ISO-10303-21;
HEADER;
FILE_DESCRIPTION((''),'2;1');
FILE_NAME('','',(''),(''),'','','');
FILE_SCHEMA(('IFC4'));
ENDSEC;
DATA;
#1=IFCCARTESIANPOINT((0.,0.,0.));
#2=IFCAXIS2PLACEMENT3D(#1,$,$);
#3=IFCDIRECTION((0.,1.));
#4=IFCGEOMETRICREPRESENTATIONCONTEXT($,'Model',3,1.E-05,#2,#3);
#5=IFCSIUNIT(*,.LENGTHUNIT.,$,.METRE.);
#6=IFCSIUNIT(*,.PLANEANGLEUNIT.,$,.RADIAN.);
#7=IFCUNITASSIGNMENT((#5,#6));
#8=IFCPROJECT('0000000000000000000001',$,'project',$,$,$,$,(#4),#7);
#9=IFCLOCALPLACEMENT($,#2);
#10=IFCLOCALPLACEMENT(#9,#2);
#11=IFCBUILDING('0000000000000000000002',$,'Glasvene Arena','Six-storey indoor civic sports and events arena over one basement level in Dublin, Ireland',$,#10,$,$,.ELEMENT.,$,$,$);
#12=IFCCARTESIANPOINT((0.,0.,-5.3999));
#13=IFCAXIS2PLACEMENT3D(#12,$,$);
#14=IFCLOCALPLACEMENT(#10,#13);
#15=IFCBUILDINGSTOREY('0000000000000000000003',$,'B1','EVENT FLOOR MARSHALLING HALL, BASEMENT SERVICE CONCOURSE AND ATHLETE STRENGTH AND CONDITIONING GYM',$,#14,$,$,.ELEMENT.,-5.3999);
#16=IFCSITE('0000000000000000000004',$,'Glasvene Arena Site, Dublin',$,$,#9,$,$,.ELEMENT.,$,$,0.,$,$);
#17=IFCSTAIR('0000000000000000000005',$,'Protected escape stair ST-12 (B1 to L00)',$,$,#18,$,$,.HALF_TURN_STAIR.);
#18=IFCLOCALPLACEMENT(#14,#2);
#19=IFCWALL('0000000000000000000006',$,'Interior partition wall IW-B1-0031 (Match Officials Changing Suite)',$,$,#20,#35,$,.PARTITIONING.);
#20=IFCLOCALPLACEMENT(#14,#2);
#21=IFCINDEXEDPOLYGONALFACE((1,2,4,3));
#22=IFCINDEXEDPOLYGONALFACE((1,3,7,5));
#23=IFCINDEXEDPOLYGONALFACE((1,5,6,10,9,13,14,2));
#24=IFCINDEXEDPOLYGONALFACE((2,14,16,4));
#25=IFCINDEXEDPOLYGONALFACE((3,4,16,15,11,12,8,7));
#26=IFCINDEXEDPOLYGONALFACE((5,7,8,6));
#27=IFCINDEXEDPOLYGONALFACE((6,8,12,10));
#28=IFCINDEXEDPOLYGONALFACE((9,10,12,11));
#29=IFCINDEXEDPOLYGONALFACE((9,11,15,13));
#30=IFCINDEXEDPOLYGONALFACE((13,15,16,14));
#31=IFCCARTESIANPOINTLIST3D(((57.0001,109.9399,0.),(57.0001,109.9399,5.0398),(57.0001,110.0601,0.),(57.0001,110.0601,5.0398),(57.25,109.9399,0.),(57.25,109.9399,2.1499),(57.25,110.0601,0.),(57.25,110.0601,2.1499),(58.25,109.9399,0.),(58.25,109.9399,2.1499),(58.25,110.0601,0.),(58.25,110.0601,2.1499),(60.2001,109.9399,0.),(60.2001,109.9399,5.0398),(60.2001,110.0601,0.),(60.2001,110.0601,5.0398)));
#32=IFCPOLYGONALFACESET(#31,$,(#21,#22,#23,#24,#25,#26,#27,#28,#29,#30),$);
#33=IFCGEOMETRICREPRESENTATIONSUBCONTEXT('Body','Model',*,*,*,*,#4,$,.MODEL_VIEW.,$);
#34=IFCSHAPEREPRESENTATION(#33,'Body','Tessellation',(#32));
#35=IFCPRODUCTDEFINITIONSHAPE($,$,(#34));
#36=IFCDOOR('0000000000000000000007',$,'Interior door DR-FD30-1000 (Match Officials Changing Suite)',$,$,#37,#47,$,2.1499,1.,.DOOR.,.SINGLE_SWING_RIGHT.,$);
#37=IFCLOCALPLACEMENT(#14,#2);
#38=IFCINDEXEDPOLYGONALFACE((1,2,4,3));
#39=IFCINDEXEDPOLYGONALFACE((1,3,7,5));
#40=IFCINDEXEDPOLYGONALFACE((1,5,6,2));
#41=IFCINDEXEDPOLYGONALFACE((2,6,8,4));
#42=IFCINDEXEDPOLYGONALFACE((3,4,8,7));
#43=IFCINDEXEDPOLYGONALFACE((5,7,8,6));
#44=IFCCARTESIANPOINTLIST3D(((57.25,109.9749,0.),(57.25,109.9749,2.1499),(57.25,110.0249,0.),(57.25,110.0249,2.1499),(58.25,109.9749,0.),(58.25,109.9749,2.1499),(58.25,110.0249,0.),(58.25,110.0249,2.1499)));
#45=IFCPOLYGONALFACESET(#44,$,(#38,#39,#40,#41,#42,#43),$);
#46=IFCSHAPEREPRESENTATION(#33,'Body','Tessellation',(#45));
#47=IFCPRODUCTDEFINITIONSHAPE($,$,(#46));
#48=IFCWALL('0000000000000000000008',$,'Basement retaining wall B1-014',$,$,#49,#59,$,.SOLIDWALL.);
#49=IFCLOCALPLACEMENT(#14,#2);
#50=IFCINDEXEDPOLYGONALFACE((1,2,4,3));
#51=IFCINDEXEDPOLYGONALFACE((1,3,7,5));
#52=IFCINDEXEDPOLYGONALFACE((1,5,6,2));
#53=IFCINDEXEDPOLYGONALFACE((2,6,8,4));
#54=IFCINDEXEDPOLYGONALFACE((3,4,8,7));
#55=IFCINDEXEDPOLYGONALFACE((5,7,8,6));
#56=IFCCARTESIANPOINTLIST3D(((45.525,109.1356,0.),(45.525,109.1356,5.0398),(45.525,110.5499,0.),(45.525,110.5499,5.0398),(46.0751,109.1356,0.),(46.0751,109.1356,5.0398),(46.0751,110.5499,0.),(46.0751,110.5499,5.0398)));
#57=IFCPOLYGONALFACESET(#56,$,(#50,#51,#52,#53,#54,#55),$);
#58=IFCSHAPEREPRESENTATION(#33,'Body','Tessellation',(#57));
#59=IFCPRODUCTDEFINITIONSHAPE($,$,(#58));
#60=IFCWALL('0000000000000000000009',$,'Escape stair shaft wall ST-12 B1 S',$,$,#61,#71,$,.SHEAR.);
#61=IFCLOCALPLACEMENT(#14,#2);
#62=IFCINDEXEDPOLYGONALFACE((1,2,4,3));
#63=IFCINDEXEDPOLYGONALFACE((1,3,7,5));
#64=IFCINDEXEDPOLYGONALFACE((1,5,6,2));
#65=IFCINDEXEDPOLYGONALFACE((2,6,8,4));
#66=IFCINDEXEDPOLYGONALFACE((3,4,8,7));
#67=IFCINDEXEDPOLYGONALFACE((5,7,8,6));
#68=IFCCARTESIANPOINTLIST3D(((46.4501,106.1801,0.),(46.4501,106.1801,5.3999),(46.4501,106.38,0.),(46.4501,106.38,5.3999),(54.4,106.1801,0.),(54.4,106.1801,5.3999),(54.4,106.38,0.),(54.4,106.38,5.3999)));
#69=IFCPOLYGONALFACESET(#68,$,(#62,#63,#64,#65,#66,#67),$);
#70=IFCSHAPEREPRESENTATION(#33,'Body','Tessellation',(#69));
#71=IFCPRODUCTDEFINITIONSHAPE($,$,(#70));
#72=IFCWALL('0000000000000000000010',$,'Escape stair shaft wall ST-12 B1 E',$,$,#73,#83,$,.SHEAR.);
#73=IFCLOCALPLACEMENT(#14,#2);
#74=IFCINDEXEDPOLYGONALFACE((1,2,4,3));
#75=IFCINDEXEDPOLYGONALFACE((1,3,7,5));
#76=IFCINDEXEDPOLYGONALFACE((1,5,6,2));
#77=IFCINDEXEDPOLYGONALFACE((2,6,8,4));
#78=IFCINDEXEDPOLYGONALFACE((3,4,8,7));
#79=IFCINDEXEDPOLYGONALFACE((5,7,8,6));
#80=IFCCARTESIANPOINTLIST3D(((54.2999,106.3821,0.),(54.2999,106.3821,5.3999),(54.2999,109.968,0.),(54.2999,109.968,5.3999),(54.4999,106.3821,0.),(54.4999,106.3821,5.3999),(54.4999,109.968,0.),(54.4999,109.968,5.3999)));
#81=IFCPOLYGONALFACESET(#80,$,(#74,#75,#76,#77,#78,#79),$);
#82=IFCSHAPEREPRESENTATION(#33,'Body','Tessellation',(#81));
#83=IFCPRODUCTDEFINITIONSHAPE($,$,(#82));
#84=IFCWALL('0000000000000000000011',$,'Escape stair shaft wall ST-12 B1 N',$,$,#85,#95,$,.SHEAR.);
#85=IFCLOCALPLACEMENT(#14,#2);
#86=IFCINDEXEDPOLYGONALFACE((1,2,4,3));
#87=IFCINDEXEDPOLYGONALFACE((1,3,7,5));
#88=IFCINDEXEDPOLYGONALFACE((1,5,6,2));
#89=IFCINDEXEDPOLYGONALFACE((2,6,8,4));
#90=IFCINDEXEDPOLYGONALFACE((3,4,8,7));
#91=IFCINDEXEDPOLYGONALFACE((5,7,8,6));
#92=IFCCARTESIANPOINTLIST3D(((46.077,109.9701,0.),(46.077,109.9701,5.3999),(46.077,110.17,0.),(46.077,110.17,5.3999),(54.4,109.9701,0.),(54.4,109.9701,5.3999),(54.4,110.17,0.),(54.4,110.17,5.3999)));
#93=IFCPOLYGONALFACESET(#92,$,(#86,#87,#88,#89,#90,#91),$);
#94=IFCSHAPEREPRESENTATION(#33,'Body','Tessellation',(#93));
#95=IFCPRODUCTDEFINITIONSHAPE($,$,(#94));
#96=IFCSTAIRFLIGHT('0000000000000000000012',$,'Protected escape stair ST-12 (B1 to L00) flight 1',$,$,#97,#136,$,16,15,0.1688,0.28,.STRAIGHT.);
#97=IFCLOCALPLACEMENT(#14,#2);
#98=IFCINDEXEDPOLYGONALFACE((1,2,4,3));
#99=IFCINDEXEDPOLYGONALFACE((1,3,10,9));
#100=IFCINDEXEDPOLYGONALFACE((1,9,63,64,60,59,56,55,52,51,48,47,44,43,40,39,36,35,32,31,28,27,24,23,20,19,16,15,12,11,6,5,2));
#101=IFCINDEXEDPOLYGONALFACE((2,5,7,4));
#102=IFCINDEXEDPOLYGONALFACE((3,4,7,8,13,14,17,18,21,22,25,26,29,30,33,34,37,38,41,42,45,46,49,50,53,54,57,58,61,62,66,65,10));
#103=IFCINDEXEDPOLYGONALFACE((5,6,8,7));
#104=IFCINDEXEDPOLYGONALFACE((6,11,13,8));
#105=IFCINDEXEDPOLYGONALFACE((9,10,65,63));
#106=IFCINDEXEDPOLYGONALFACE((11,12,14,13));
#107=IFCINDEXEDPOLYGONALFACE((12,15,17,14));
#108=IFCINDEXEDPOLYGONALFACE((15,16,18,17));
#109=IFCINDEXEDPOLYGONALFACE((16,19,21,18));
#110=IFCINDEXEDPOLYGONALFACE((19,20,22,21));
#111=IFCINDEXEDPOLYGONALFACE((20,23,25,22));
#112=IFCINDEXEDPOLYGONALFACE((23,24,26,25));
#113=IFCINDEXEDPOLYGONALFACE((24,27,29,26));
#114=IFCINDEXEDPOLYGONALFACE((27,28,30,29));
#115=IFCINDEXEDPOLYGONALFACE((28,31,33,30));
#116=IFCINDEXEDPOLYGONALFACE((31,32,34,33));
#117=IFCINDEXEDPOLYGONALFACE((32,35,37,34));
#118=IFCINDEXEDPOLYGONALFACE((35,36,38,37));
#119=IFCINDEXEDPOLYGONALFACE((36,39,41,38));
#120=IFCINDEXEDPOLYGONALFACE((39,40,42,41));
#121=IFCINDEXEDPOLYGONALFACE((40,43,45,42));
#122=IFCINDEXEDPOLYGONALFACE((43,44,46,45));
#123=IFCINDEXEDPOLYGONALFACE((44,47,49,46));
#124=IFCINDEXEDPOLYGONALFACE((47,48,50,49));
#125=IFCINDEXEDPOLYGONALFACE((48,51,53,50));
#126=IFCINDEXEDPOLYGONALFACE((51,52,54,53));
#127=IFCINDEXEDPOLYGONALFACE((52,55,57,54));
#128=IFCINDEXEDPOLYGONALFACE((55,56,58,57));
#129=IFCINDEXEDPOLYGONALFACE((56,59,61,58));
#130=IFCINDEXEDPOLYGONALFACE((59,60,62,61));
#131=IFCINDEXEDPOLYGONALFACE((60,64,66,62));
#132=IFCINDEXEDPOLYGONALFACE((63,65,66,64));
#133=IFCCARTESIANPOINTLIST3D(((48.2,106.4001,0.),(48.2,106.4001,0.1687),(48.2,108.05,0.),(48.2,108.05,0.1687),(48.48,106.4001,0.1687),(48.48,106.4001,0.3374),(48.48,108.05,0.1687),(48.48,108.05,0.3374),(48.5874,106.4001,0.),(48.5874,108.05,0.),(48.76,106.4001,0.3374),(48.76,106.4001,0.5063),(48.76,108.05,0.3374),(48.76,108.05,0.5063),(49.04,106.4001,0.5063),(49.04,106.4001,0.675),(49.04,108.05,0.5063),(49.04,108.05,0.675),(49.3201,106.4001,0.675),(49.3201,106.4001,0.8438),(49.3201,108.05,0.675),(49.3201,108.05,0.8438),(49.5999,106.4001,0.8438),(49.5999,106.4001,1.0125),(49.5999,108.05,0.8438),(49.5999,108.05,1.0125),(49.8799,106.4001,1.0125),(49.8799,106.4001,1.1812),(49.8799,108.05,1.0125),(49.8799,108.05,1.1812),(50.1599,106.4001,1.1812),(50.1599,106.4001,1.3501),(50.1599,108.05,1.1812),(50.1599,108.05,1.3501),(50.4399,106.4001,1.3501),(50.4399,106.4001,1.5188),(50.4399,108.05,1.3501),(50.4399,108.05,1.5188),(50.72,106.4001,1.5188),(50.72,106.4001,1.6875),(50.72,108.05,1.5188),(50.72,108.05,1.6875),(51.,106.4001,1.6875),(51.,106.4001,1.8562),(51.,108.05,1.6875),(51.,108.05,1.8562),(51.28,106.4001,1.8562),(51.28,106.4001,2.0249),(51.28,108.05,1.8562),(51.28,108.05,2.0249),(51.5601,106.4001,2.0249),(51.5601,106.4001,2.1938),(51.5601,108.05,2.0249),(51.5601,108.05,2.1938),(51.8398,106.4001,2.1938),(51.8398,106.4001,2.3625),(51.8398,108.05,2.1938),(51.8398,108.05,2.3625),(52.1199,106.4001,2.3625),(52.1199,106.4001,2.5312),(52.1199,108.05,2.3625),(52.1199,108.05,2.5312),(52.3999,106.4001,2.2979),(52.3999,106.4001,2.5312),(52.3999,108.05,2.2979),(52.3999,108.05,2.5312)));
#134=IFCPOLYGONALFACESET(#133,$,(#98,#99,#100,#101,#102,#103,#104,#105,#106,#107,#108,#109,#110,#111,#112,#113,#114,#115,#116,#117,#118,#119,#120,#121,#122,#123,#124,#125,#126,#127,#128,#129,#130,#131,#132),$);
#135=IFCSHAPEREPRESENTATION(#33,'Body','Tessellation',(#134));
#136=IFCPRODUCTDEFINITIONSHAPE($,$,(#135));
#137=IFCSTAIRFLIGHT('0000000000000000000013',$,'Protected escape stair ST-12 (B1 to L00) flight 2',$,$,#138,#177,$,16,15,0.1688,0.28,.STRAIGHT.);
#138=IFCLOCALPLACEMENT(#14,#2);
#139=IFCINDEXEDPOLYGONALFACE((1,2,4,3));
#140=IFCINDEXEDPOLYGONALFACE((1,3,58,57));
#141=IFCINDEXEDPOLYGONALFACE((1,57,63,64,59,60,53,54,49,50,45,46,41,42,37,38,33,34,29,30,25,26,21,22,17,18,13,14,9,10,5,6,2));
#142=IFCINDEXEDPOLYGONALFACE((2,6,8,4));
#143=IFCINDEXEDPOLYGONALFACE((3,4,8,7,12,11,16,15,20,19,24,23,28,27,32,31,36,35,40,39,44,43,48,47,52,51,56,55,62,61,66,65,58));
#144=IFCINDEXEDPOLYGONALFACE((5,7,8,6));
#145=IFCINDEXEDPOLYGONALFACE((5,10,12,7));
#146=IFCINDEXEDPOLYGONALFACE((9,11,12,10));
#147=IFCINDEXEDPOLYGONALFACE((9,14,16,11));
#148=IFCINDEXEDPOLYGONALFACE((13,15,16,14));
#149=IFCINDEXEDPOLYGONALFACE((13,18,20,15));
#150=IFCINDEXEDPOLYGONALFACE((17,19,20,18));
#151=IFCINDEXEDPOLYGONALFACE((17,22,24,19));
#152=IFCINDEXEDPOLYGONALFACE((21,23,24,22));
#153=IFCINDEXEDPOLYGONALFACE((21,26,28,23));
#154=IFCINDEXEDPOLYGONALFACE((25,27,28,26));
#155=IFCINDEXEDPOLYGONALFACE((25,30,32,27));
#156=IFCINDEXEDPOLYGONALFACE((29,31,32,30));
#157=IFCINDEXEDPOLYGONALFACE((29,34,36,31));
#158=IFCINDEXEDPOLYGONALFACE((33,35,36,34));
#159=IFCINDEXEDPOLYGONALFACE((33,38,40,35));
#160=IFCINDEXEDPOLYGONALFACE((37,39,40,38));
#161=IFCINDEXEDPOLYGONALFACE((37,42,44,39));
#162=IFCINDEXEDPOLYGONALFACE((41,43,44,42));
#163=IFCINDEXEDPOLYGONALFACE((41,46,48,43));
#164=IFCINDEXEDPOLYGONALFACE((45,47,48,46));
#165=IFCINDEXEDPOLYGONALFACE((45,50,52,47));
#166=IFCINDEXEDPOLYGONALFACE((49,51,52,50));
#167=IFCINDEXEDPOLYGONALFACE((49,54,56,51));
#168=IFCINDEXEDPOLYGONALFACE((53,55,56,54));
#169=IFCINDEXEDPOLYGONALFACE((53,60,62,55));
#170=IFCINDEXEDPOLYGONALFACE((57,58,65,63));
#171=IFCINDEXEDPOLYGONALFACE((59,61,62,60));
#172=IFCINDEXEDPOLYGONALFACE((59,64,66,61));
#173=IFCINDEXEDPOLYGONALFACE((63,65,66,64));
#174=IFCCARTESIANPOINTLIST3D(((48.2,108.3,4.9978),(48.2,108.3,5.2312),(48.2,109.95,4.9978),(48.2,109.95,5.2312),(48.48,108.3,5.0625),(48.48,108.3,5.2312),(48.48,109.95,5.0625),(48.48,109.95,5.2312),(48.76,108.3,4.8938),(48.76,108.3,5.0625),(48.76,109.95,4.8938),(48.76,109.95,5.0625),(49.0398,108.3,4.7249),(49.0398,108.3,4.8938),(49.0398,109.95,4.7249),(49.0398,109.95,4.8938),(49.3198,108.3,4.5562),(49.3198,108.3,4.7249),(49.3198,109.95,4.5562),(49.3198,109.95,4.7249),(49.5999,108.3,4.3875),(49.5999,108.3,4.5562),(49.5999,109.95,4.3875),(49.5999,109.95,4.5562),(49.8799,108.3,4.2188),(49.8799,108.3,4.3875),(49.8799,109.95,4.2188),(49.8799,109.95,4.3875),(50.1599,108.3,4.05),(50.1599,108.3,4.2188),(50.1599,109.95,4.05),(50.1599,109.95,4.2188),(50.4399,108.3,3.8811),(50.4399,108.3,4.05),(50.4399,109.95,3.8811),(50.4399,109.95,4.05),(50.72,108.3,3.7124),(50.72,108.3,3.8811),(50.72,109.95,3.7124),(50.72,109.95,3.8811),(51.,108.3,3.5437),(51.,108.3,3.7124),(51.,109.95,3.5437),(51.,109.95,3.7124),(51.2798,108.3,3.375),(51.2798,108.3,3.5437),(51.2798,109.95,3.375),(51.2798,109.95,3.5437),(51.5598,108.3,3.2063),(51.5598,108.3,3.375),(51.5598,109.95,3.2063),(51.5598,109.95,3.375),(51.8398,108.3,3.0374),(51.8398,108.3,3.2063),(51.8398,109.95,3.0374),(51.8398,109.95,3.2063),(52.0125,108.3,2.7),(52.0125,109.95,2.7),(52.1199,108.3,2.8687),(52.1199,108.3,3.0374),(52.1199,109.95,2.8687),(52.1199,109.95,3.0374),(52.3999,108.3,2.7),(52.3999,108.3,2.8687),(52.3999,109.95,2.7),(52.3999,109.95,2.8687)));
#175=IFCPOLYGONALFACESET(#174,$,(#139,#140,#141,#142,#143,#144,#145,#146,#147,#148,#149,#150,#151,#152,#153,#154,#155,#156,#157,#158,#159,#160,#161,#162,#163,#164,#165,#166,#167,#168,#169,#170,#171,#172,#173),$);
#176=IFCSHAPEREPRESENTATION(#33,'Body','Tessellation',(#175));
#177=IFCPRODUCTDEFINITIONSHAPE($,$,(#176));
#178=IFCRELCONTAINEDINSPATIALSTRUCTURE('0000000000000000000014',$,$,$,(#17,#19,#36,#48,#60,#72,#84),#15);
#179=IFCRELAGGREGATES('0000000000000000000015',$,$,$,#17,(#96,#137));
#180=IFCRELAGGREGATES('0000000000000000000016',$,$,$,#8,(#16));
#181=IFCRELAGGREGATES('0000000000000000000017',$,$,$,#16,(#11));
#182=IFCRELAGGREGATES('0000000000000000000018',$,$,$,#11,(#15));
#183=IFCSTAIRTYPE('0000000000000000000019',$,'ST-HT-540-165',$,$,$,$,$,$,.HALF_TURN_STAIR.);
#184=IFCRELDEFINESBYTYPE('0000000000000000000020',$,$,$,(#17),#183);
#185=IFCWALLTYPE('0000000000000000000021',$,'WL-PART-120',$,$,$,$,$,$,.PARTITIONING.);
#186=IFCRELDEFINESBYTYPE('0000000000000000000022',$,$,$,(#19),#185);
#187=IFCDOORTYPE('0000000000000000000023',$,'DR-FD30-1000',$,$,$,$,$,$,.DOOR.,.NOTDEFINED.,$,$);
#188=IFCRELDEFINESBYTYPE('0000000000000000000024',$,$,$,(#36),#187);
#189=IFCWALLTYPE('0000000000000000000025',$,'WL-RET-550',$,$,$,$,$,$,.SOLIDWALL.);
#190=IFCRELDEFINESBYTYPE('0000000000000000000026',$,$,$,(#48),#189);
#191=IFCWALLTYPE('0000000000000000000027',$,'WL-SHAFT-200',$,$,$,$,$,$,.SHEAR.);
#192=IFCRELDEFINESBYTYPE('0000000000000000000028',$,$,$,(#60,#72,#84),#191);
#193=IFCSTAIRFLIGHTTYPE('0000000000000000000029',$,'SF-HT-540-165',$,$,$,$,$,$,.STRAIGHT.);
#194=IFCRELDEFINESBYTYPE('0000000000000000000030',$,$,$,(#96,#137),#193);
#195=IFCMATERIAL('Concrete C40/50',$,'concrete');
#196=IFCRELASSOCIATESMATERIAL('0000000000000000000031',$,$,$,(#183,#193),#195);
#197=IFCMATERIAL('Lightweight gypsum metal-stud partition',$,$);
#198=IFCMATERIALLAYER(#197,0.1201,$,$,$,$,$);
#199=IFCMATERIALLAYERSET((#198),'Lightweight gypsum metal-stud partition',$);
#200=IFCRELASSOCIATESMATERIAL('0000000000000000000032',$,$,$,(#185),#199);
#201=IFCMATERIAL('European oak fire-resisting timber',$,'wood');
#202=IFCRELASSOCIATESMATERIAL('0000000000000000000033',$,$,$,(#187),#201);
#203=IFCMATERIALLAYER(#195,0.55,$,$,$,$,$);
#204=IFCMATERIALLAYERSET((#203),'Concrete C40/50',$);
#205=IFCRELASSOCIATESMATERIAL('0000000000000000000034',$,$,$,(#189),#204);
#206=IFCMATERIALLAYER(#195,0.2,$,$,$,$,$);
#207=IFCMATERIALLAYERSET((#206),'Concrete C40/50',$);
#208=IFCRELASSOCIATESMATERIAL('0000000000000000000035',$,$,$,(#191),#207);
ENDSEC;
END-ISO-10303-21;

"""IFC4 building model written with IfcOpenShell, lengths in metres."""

from ifc_helpers import new_model, si_unit, direction, frame, frame_2d, origin, place, context, subcontext, project, spatial, polyline, rectangle, outline, extrude, material, layer, layer_set, type_object, element, fill, aggregate, save


model = new_model("IFC4")

# Units and contexts
model_context = context("Model", 3, precision=1e-05, world=origin(), true_north=direction((0.0, 1.0)))
body_context = subcontext(model_context, "Body", "Model", "MODEL_VIEW")
ifc_project = project(units=[si_unit("LENGTHUNIT", "METRE"), si_unit("PLANEANGLEUNIT", "RADIAN")], contexts=[model_context])

# Site, building, storey
site_placement = place(None, origin())
site = spatial("IfcSite", under=ifc_project, at=site_placement, Name="Glasvene Arena Site, Dublin", CompositionType="ELEMENT", RefElevation=0.0)
building_placement = place(site_placement, origin())
building = spatial("IfcBuilding", under=site, at=building_placement, Name="Glasvene Arena", Description="Six-storey indoor civic sports and events arena over one basement level in Dublin, Ireland", CompositionType="ELEMENT")
storey_placement = place(building_placement, frame((0.0, 0.0, -5.3999)))
storey = spatial("IfcBuildingStorey", under=building, at=storey_placement, Name="B1", Description="EVENT FLOOR MARSHALLING HALL, BASEMENT SERVICE CONCOURSE AND ATHLETE STRENGTH AND CONDITIONING GYM", CompositionType="ELEMENT", Elevation=-5.3999)

# Shared definitions
ifc_material_1 = material(Name="Concrete C40/50", Category="concrete")

# Stair
stair_type = type_object("IfcStairType", Name="ST-HT-540-165", PredefinedType="HALF_TURN_STAIR", material=ifc_material_1)
stair_placement = place(storey_placement, origin())
stair = element("IfcStair", 1, at=stair_placement, inside=storey, type_object=stair_type, Name="Protected escape stair ST-12 (B1 to L00)", PredefinedType="HALF_TURN_STAIR")

# Shared definitions
ifc_material_2 = material(Name="Lightweight gypsum metal-stud partition")
ifc_layer_1 = layer(ifc_material_2, 0.1201)
ifc_layer_set_1 = layer_set([ifc_layer_1], Name="Lightweight gypsum metal-stud partition")
wall_type_1 = type_object("IfcWallType", Name="WL-PART-120", PredefinedType="PARTITIONING", material=ifc_layer_set_1)

# Wall, opening, door
wall_1_placement = place(storey_placement, frame((57.0, 110.0, 0.0), z_axis=(0.0, 0.0, 1.0), x_axis=(1.0, 0.0, 0.0)))
wall_1 = element("IfcWall", 2, at=wall_1_placement, inside=storey, type_object=wall_type_1, Name="Interior partition wall IW-B1-0031 (Match Officials Changing Suite)", PredefinedType="PARTITIONING", context=body_context, shape_type="SweptSolid", body=[
    extrude(rectangle(XDim=3.2, YDim=0.1201, at=frame_2d((1.6001, 0.0))), origin(), (0.0, 0.0, 1.0), 5.0398),
])
opening_1_placement = place(wall_1_placement, frame((0.25, 0.0, 0.0)))
opening_1 = element("IfcOpeningElement", 3, at=opening_1_placement, cuts=wall_1, PredefinedType="OPENING", context=body_context, shape_type="SweptSolid", body=[
    extrude(rectangle(XDim=1.0, YDim=2.1499, at=frame_2d((0.5, 1.075))), frame((0.0, 0.0701, 0.0), z_axis=(0.0, -1.0, 0.0), x_axis=(1.0, 0.0, 0.0)), (0.0, 0.0, 1.0), 0.1401),
])
ifc_material_3 = material(Name="European oak fire-resisting timber", Category="wood")
door_type_1 = type_object("IfcDoorType", Name="DR-FD30-1000", OperationType="NOTDEFINED", PredefinedType="DOOR", material=ifc_material_3)
door_1_placement = place(opening_1_placement, origin())
door_1 = element("IfcDoor", 4, at=door_1_placement, inside=storey, type_object=door_type_1, Name="Interior door DR-FD30-1000 (Match Officials Changing Suite)", OperationType="SINGLE_SWING_RIGHT", OverallHeight=2.1499, OverallWidth=1.0, PredefinedType="DOOR", context=body_context, shape_type="SweptSolid", body=[
    extrude(rectangle(XDim=1.0, YDim=2.1499, at=frame_2d((0.5, 1.075))), frame((0.0, 0.0249, 0.0), z_axis=(0.0, -1.0, 0.0), x_axis=(1.0, 0.0, 0.0)), (0.0, 0.0, 1.0), 0.05),
])
fill(opening_1, door_1)

# Walls
ifc_layer_2 = layer(ifc_material_1, 0.55)
ifc_layer_set_2 = layer_set([ifc_layer_2], Name="Concrete C40/50")
wall_type_2 = type_object("IfcWallType", Name="WL-RET-550", PredefinedType="SOLIDWALL", material=ifc_layer_set_2)
wall_2_placement = place(storey_placement, frame((45.8, 109.1357, 0.0), z_axis=(0.0, 0.0, 1.0), x_axis=(0.0, 1.0, 0.0)))
element("IfcWall", 5, at=wall_2_placement, inside=storey, type_object=wall_type_2, Name="Basement retaining wall B1-014", PredefinedType="SOLIDWALL", context=body_context, shape_type="SweptSolid", body=[
    extrude(rectangle(XDim=1.4143, YDim=0.55, at=frame_2d((0.707, 0.0))), origin(), (0.0, 0.0, 1.0), 5.0398),
])
ifc_layer_3 = layer(ifc_material_1, 0.2)
ifc_layer_set_3 = layer_set([ifc_layer_3], Name="Concrete C40/50")
wall_type_3 = type_object("IfcWallType", Name="WL-SHAFT-200", PredefinedType="SHEAR", material=ifc_layer_set_3)
wall_3_placement = place(storey_placement, frame((46.45, 106.28, 0.0), z_axis=(0.0, 0.0, 1.0), x_axis=(1.0, 0.0, 0.0)))
element("IfcWall", 6, at=wall_3_placement, inside=storey, type_object=wall_type_3, Name="Escape stair shaft wall ST-12 B1 S", PredefinedType="SHEAR", context=body_context, shape_type="SweptSolid", body=[
    extrude(rectangle(XDim=7.95, YDim=0.2, at=frame_2d((3.9751, 0.0))), origin(), (0.0, 0.0, 1.0), 5.3999),
])

# Walls
wall_4_placement = place(storey_placement, frame((54.3999, 106.3821, 0.0), z_axis=(0.0, 0.0, 1.0), x_axis=(0.0, 1.0, 0.0)))
element("IfcWall", 7, at=wall_4_placement, inside=storey, type_object=wall_type_3, Name="Escape stair shaft wall ST-12 B1 E", PredefinedType="SHEAR", context=body_context, shape_type="SweptSolid", body=[
    extrude(rectangle(XDim=3.5859, YDim=0.2, at=frame_2d((1.793, 0.0))), origin(), (0.0, 0.0, 1.0), 5.3999),
])
wall_5_placement = place(storey_placement, frame((46.0769, 110.0701, 0.0), z_axis=(0.0, 0.0, 1.0), x_axis=(1.0, 0.0, 0.0)))
element("IfcWall", 8, at=wall_5_placement, inside=storey, type_object=wall_type_3, Name="Escape stair shaft wall ST-12 B1 N", PredefinedType="SHEAR", context=body_context, shape_type="SweptSolid", body=[
    extrude(rectangle(XDim=8.323, YDim=0.2, at=frame_2d((4.1616, 0.0))), origin(), (0.0, 0.0, 1.0), 5.3999),
])

# Stair flights
stair_flight_type = type_object("IfcStairFlightType", Name="SF-HT-540-165", PredefinedType="STRAIGHT", material=ifc_material_1)
stair_flight_1_placement = place(storey_placement, frame((48.2, 107.2251, 0.0), z_axis=(0.0, 0.0, 1.0), x_axis=(1.0, 0.0, 0.0)))
stair_flight_1 = element("IfcStairFlight", 9, at=stair_flight_1_placement, type_object=stair_flight_type, Name="Protected escape stair ST-12 (B1 to L00) flight 1", NumberOfRisers=16, NumberOfTreads=15, PredefinedType="STRAIGHT", RiserHeight=0.1688, TreadLength=0.28, context=body_context, shape_type="SweptSolid", body=[
    extrude(outline(polyline([(0.0, 0.0), (0.0, 0.1687), (0.28, 0.1687), (0.28, 0.3374), (0.5601, 0.3374), (0.5601, 0.5063), (0.8401, 0.5063), (0.8401, 0.675), (1.1201, 0.675), (1.1201, 0.8438), (1.3999, 0.8438), (1.3999, 1.0125), (1.6799, 1.0125), (1.6799, 1.1812), (1.96, 1.1812), (1.96, 1.3501), (2.24, 1.3501), (2.24, 1.5188), (2.52, 1.5188), (2.52, 1.6875), (2.8, 1.6875), (2.8, 1.8562), (3.0801, 1.8562), (3.0801, 2.0249), (3.3601, 2.0249), (3.3601, 2.1938), (3.6399, 2.1938), (3.6399, 2.3625), (3.9199, 2.3625), (3.9199, 2.5312), (4.2, 2.5312), (4.2, 2.7), (4.2, 2.2979), (0.3875, 0.0), (0.0, 0.0)])), frame((0.0, 0.825, 0.0), z_axis=(0.0, -1.0, 0.0), x_axis=(1.0, 0.0, 0.0)), (0.0, 0.0, 1.0), 1.6499),
])
stair_flight_2_placement = place(storey_placement, frame((52.3999, 109.125, 2.7), z_axis=(0.0, 0.0, 1.0), x_axis=(-1.0, 0.0, 0.0)))
stair_flight_2 = element("IfcStairFlight", 10, at=stair_flight_2_placement, type_object=stair_flight_type, Name="Protected escape stair ST-12 (B1 to L00) flight 2", NumberOfRisers=16, NumberOfTreads=15, PredefinedType="STRAIGHT", RiserHeight=0.1688, TreadLength=0.28, context=body_context, shape_type="SweptSolid", body=[
    extrude(outline(polyline([(0.0, 0.0), (0.0, 0.1687), (0.28, 0.1687), (0.28, 0.3374), (0.5601, 0.3374), (0.5601, 0.5063), (0.8401, 0.5063), (0.8401, 0.675), (1.1201, 0.675), (1.1201, 0.8438), (1.3999, 0.8438), (1.3999, 1.0125), (1.6799, 1.0125), (1.6799, 1.1812), (1.96, 1.1812), (1.96, 1.3501), (2.24, 1.3501), (2.24, 1.5188), (2.52, 1.5188), (2.52, 1.6875), (2.8, 1.6875), (2.8, 1.8562), (3.0801, 1.8562), (3.0801, 2.0249), (3.3601, 2.0249), (3.3601, 2.1938), (3.6399, 2.1938), (3.6399, 2.3625), (3.9199, 2.3625), (3.9199, 2.5312), (4.2, 2.5312), (4.2, 2.7), (4.2, 2.2979), (0.3875, 0.0), (0.0, 0.0)])), frame((0.0, 0.825, 0.0), z_axis=(0.0, -1.0, 0.0), x_axis=(1.0, 0.0, 0.0)), (0.0, 0.0, 1.0), 1.6499),
])
aggregate(stair, [stair_flight_1, stair_flight_2])

save(model, "model.ifc")
